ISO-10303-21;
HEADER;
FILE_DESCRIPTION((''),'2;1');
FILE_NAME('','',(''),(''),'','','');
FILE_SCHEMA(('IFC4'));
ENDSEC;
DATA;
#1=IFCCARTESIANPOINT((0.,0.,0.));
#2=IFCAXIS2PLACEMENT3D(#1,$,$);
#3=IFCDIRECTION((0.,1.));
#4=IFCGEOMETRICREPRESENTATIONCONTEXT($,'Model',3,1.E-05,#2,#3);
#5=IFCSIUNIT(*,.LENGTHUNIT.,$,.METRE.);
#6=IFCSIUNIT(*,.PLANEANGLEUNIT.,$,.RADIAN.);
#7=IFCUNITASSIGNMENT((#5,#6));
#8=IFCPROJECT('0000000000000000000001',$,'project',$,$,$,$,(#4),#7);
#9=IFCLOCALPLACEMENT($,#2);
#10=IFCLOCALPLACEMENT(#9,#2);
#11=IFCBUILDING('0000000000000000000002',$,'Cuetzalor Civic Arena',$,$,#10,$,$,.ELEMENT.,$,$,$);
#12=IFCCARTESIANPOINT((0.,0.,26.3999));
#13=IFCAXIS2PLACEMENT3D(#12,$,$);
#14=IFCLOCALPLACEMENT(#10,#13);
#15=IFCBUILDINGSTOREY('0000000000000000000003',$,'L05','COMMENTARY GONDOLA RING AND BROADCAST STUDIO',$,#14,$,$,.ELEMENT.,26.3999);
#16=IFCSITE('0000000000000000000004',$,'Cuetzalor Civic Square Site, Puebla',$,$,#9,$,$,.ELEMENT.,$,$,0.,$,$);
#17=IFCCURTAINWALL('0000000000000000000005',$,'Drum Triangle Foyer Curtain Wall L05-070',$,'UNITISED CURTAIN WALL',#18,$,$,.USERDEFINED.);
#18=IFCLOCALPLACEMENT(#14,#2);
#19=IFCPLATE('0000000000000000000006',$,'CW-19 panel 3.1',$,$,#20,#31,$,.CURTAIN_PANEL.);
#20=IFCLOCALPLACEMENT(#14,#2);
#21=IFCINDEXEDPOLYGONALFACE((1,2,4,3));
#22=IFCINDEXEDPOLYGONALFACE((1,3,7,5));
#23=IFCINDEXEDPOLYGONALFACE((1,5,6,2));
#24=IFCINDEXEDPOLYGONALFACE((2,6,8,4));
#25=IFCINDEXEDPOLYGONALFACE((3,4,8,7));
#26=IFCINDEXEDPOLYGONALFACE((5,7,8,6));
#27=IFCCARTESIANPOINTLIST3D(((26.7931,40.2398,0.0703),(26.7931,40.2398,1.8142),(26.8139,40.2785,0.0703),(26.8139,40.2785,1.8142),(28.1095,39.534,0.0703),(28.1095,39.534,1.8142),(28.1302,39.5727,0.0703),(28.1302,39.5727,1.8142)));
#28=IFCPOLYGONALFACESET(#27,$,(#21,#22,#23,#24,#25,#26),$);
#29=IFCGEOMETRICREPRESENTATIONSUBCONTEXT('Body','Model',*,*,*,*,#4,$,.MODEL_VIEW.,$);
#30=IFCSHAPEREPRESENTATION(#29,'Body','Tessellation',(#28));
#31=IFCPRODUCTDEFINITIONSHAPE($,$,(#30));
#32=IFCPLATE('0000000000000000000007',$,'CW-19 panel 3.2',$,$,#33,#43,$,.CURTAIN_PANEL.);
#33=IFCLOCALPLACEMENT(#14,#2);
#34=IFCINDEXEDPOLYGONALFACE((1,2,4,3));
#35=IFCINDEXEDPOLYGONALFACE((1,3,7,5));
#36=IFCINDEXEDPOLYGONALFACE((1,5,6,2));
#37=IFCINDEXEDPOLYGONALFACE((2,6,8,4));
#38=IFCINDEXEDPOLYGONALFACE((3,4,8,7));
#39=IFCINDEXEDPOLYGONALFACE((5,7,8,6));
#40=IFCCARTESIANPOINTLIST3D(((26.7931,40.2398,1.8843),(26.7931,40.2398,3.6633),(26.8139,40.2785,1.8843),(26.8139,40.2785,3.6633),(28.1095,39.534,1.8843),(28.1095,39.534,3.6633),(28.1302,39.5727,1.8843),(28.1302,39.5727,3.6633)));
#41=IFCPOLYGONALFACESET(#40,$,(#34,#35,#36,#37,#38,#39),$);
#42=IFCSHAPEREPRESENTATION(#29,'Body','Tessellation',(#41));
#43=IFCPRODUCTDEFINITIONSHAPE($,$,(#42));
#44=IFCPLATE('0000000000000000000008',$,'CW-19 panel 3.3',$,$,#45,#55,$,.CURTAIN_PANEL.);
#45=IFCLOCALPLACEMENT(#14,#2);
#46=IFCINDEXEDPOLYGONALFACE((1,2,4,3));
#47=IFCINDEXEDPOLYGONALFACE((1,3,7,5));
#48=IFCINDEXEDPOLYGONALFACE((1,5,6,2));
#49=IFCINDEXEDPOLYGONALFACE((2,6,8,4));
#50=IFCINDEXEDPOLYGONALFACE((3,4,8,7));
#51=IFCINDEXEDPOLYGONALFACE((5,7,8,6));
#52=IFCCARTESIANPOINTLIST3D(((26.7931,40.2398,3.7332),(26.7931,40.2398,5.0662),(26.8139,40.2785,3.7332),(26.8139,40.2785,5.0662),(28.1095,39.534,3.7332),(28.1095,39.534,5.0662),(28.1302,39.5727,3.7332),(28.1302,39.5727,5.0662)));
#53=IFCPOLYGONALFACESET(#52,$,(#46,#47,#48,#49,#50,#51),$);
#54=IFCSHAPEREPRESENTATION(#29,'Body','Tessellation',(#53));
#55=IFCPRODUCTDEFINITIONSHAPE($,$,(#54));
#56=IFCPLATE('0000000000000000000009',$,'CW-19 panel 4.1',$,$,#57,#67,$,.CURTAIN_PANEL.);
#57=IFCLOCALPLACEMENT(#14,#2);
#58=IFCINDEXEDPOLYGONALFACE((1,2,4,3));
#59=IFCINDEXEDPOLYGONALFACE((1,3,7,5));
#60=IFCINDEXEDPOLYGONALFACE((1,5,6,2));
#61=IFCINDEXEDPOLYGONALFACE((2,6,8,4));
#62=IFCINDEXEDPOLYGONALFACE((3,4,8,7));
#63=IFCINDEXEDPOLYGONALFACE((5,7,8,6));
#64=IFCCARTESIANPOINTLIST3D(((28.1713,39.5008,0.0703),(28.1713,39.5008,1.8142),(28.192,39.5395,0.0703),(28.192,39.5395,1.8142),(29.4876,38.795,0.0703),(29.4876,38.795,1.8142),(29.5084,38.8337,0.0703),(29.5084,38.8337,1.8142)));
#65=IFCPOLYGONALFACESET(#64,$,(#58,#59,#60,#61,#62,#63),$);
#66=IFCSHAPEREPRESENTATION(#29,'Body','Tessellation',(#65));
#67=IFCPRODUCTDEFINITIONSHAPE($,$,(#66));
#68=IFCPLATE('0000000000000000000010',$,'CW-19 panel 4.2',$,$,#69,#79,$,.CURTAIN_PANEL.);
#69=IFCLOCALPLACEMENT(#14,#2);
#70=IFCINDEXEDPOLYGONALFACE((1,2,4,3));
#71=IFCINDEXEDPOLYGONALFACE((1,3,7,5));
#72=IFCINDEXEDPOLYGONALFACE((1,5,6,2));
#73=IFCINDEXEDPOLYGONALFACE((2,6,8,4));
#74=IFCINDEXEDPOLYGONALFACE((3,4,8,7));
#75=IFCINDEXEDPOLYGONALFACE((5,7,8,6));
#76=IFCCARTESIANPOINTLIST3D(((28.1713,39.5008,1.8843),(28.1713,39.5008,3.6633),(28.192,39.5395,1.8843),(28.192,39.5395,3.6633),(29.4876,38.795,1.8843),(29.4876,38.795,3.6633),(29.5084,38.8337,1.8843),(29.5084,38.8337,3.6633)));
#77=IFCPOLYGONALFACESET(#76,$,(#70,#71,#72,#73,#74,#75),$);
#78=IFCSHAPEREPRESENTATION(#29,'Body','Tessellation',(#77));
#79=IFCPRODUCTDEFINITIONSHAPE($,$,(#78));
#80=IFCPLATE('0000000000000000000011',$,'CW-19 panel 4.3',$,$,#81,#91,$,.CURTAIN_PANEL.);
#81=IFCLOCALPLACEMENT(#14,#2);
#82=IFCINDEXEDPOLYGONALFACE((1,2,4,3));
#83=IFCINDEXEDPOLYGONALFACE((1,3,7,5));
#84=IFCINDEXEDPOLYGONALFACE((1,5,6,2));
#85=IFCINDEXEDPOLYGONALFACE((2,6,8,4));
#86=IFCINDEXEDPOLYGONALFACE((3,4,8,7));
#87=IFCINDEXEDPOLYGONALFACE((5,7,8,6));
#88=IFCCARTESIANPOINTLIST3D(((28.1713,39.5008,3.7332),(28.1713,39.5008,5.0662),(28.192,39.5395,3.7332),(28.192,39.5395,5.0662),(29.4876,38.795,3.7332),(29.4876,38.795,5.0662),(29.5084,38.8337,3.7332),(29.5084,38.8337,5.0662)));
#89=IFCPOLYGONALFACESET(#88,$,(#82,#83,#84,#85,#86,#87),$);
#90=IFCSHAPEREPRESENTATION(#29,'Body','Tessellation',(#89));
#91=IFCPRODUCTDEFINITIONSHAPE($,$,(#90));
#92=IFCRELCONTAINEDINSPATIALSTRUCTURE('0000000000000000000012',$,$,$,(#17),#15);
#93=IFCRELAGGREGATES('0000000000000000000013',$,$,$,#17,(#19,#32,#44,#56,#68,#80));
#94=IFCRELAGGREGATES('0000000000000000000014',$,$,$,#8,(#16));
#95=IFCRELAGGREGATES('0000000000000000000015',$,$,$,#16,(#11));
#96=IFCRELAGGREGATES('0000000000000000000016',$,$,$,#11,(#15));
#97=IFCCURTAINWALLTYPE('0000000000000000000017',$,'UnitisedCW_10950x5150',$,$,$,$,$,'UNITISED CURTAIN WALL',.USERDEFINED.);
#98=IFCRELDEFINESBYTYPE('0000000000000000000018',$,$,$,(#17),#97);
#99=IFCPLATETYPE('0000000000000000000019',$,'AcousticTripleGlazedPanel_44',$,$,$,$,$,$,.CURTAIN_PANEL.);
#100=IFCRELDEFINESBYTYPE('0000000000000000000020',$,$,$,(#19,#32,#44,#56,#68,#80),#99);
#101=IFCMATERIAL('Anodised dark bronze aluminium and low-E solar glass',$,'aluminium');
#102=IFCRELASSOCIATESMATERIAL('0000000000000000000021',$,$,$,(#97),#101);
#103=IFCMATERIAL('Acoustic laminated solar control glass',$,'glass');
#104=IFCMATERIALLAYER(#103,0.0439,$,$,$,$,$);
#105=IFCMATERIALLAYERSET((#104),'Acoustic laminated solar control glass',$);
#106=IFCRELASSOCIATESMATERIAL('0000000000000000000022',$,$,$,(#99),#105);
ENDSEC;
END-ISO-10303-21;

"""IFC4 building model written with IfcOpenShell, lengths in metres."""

from ifc_helpers import new_model, si_unit, direction, frame, origin, origin_2d, place, context, subcontext, project, spatial, rectangle, extrude, material, layer, layer_set, type_object, element, aggregate, save


model = new_model("IFC4")

# Units and contexts
model_context = context("Model", 3, precision=1e-05, world=origin(), true_north=direction((0.0, 1.0)))
body_context = subcontext(model_context, "Body", "Model", "MODEL_VIEW")
ifc_project = project(units=[si_unit("LENGTHUNIT", "METRE"), si_unit("PLANEANGLEUNIT", "RADIAN")], contexts=[model_context])

# Site, building, storey
site_placement = place(None, origin())
site = spatial("IfcSite", under=ifc_project, at=site_placement, Name="Cuetzalor Civic Square Site, Puebla", CompositionType="ELEMENT", RefElevation=0.0)
building_placement = place(site_placement, origin())
building = spatial("IfcBuilding", under=site, at=building_placement, Name="Cuetzalor Civic Arena", CompositionType="ELEMENT")
storey_placement = place(building_placement, frame((0.0, 0.0, 26.3999)))
storey = spatial("IfcBuildingStorey", under=building, at=storey_placement, Name="L05", Description="COMMENTARY GONDOLA RING AND BROADCAST STUDIO", CompositionType="ELEMENT", Elevation=26.3999)

# Curtain wall, plates
ifc_material_1 = material(Name="Anodised dark bronze aluminium and low-E solar glass", Category="aluminium")
curtain_wall_type = type_object("IfcCurtainWallType", Name="UnitisedCW_10950x5150", ElementType="UNITISED CURTAIN WALL", PredefinedType="USERDEFINED", material=ifc_material_1)
curtain_wall_placement = place(storey_placement, origin())
curtain_wall = element("IfcCurtainWall", 1, at=curtain_wall_placement, inside=storey, type_object=curtain_wall_type, Name="Drum Triangle Foyer Curtain Wall L05-070", ObjectType="UNITISED CURTAIN WALL", PredefinedType="USERDEFINED")
ifc_material_2 = material(Name="Acoustic laminated solar control glass", Category="glass")
ifc_layer = layer(ifc_material_2, 0.0439)
ifc_layer_set = layer_set([ifc_layer], Name="Acoustic laminated solar control glass")
plate_type = type_object("IfcPlateType", Name="AcousticTripleGlazedPanel_44", PredefinedType="CURTAIN_PANEL", material=ifc_layer_set)
plate_1_placement = place(storey_placement, frame((27.4617, 39.9062, 0.0703), z_axis=(0.0, 0.0, 1.0), x_axis=(0.881306, -0.472545, 0.0)))
plate_1 = element("IfcPlate", 2, at=plate_1_placement, type_object=plate_type, Name="CW-19 panel 3.1", PredefinedType="CURTAIN_PANEL", context=body_context, shape_type="SweptSolid", body=[
    extrude(rectangle(XDim=1.4937, YDim=0.0439, at=origin_2d()), origin(), (0.0, 0.0, 1.0), 1.7439),
])
plate_2_placement = place(storey_placement, frame((27.4617, 39.9062, 1.8843), z_axis=(0.0, 0.0, 1.0), x_axis=(0.881306, -0.472545, 0.0)))
plate_2 = element("IfcPlate", 3, at=plate_2_placement, type_object=plate_type, Name="CW-19 panel 3.2", PredefinedType="CURTAIN_PANEL", context=body_context, shape_type="SweptSolid", body=[
    extrude(rectangle(XDim=1.4937, YDim=0.0439, at=origin_2d()), origin(), (0.0, 0.0, 1.0), 1.7791),
])
plate_3_placement = place(storey_placement, frame((27.4617, 39.9062, 3.7332), z_axis=(0.0, 0.0, 1.0), x_axis=(0.881306, -0.472545, 0.0)))
plate_3 = element("IfcPlate", 4, at=plate_3_placement, type_object=plate_type, Name="CW-19 panel 3.3", PredefinedType="CURTAIN_PANEL", context=body_context, shape_type="SweptSolid", body=[
    extrude(rectangle(XDim=1.4937, YDim=0.0439, at=origin_2d()), origin(), (0.0, 0.0, 1.0), 1.333),
])
plate_4_placement = place(storey_placement, frame((28.8398, 39.1672, 0.0703), z_axis=(0.0, 0.0, 1.0), x_axis=(0.881306, -0.472545, 0.0)))
plate_4 = element("IfcPlate", 5, at=plate_4_placement, type_object=plate_type, Name="CW-19 panel 4.1", PredefinedType="CURTAIN_PANEL", context=body_context, shape_type="SweptSolid", body=[
    extrude(rectangle(XDim=1.4937, YDim=0.0439, at=origin_2d()), origin(), (0.0, 0.0, 1.0), 1.7439),
])
plate_5_placement = place(storey_placement, frame((28.8398, 39.1672, 1.8843), z_axis=(0.0, 0.0, 1.0), x_axis=(0.881306, -0.472545, 0.0)))
plate_5 = element("IfcPlate", 6, at=plate_5_placement, type_object=plate_type, Name="CW-19 panel 4.2", PredefinedType="CURTAIN_PANEL", context=body_context, shape_type="SweptSolid", body=[
    extrude(rectangle(XDim=1.4937, YDim=0.0439, at=origin_2d()), origin(), (0.0, 0.0, 1.0), 1.7791),
])
plate_6_placement = place(storey_placement, frame((28.8398, 39.1672, 3.7332), z_axis=(0.0, 0.0, 1.0), x_axis=(0.881306, -0.472545, 0.0)))
plate_6 = element("IfcPlate", 7, at=plate_6_placement, type_object=plate_type, Name="CW-19 panel 4.3", PredefinedType="CURTAIN_PANEL", context=body_context, shape_type="SweptSolid", body=[
    extrude(rectangle(XDim=1.4937, YDim=0.0439, at=origin_2d()), origin(), (0.0, 0.0, 1.0), 1.333),
])
aggregate(curtain_wall, [plate_1, plate_2, plate_3, plate_4, plate_5, plate_6])

save(model, "model.ifc")
